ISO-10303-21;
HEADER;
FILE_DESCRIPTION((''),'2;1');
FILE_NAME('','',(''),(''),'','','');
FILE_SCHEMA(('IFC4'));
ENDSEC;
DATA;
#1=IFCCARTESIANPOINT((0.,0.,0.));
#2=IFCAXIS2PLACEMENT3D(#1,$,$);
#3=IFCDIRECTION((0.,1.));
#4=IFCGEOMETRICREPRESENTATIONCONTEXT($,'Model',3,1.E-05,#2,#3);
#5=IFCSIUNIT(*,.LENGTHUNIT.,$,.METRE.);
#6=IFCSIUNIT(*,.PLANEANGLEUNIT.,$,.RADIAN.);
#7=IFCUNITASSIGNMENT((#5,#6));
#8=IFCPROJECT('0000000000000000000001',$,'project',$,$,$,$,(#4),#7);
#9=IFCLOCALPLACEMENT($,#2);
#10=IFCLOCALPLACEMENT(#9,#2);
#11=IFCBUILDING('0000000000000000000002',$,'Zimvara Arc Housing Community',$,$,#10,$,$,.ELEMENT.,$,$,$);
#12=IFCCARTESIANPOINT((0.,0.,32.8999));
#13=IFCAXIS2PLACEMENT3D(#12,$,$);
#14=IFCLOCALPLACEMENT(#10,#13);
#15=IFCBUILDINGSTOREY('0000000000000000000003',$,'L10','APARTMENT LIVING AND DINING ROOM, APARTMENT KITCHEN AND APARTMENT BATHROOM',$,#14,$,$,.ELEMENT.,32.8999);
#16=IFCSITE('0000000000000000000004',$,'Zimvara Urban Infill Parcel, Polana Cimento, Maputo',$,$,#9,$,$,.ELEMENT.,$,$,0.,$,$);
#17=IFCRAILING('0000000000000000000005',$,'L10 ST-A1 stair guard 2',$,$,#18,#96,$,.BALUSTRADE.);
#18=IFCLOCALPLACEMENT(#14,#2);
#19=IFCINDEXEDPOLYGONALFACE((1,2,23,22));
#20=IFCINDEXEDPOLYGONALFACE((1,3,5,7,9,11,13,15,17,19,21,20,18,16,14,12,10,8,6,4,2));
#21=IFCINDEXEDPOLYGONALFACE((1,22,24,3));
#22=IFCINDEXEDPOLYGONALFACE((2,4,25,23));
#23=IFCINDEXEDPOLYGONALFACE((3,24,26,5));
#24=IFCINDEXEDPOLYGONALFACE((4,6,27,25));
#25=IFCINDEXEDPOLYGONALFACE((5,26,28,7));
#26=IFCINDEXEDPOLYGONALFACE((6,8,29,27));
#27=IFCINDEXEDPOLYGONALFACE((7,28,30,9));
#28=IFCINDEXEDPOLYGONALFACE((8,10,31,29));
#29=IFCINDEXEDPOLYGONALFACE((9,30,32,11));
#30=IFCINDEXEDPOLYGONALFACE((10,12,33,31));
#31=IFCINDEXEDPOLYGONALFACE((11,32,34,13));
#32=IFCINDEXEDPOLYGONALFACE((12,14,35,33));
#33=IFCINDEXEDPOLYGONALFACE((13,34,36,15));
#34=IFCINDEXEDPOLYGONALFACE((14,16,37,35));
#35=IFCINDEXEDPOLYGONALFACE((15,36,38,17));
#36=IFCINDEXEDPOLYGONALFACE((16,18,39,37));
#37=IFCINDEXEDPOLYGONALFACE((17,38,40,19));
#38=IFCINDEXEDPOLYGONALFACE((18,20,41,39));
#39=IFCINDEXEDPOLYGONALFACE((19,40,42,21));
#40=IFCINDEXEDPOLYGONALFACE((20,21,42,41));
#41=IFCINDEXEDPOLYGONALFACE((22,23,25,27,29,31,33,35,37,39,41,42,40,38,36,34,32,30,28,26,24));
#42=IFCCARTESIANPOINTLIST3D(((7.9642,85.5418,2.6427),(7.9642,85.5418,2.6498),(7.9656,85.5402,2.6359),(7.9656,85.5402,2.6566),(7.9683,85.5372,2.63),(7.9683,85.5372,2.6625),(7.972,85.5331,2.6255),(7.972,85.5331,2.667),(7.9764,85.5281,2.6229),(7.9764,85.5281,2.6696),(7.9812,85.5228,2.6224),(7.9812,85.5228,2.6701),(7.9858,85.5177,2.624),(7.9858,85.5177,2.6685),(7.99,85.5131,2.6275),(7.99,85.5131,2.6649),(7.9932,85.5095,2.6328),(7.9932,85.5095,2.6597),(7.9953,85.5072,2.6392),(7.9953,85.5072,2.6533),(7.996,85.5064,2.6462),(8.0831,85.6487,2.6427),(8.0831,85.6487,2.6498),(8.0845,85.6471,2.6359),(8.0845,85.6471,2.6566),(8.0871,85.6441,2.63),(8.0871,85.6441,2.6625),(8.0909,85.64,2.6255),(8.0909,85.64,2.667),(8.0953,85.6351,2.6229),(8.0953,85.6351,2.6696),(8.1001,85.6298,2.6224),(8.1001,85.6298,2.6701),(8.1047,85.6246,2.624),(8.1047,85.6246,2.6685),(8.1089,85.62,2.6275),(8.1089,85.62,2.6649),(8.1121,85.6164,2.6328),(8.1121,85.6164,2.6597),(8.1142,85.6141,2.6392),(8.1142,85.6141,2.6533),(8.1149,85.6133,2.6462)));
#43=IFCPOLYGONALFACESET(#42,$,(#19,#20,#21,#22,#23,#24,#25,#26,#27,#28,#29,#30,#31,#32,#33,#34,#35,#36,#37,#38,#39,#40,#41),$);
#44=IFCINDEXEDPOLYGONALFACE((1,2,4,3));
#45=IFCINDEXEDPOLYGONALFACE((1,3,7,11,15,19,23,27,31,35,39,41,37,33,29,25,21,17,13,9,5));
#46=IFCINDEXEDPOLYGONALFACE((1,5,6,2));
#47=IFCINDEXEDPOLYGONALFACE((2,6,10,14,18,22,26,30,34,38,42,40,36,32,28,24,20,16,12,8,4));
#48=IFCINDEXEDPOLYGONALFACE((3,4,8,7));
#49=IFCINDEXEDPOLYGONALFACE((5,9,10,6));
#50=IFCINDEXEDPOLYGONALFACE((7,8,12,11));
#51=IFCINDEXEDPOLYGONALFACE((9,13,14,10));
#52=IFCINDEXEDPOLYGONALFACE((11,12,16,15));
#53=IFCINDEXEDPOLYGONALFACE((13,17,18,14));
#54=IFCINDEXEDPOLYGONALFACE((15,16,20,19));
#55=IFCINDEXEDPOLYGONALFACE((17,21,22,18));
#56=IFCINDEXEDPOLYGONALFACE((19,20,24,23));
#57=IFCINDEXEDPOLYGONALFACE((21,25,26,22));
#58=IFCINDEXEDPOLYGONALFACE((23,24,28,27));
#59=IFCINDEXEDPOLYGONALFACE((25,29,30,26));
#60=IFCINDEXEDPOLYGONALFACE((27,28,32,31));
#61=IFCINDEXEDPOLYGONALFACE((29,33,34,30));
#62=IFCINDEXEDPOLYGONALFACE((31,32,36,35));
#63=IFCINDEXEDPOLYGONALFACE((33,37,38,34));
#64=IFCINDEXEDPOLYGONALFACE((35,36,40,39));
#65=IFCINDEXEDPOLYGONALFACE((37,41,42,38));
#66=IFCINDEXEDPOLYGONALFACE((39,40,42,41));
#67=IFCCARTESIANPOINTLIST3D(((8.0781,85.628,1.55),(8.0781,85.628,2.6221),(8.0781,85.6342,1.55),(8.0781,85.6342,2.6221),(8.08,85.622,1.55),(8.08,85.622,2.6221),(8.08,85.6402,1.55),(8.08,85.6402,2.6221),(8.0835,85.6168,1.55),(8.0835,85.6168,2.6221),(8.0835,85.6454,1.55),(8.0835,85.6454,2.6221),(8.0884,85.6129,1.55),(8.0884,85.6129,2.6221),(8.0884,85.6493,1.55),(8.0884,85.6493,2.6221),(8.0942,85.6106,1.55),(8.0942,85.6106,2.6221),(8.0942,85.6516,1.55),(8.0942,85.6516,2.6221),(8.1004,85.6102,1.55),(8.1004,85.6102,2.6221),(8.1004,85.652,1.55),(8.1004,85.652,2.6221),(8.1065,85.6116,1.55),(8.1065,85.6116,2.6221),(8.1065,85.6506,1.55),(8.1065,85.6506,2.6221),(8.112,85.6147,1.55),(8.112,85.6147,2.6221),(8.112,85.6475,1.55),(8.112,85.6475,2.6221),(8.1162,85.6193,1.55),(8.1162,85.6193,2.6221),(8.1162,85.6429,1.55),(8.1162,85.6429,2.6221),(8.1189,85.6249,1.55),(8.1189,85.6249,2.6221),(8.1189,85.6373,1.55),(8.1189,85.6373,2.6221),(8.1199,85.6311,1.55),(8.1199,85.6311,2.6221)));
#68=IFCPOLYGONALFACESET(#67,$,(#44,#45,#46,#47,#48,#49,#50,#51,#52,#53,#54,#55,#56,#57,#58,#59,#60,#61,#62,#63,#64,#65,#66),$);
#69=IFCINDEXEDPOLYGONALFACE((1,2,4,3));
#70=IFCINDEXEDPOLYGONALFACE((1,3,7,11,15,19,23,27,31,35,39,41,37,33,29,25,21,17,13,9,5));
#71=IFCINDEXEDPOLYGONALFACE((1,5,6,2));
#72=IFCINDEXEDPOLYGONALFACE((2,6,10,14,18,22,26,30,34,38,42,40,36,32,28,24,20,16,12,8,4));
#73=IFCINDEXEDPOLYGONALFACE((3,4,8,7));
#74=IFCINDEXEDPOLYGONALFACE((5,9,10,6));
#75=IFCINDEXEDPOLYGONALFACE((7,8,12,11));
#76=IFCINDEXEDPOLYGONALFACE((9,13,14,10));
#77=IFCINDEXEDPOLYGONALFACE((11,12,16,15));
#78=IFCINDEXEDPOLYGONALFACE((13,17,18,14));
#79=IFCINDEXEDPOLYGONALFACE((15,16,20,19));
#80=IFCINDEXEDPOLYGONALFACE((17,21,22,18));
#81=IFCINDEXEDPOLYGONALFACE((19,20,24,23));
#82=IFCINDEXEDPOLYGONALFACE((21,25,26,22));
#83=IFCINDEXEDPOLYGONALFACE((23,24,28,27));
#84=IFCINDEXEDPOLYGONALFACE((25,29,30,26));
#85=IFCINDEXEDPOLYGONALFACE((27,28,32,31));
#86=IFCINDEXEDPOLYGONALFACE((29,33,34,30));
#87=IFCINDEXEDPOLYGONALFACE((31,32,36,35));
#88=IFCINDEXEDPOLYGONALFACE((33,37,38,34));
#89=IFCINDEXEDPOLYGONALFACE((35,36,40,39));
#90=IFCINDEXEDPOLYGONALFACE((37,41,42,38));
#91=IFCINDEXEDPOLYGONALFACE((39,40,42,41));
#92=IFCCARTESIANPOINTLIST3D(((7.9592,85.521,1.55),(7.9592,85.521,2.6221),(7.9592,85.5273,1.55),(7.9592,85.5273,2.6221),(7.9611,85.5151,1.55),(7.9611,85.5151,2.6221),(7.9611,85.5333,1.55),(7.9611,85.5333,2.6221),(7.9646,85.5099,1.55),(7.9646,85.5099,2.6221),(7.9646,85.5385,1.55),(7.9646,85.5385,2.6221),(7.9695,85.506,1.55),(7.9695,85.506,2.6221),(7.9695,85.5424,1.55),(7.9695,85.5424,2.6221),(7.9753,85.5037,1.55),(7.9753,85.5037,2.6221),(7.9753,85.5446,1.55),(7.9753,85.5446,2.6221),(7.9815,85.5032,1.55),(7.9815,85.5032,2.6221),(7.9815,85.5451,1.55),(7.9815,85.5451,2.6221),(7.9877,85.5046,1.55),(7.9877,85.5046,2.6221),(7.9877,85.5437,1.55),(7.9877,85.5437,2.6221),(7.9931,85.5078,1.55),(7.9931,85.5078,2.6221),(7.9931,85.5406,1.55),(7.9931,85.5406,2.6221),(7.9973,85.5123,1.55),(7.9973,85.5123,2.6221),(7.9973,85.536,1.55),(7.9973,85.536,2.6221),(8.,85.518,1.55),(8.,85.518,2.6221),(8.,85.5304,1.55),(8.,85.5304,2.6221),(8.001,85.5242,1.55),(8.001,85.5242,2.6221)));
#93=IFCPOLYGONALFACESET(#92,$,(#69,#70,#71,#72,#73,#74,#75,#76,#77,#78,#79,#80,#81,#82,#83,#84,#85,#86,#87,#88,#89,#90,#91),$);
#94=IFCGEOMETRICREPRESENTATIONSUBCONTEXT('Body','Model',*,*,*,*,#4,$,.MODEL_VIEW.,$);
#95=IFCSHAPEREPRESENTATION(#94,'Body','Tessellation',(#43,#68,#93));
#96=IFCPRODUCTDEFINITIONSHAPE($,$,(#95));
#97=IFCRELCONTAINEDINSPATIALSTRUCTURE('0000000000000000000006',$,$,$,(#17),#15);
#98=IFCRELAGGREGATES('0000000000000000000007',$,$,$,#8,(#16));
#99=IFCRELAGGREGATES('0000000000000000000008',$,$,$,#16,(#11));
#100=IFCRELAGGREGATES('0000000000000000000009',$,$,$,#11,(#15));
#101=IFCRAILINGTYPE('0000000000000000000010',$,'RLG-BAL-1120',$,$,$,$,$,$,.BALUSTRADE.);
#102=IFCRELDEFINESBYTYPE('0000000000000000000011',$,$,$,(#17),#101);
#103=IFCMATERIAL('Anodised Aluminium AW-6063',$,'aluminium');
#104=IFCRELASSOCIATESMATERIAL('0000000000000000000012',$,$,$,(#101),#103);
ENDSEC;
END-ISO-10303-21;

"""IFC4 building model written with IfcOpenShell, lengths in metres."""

from ifc_helpers import new_model, si_unit, direction, frame, origin, origin_2d, place, context, subcontext, project, spatial, circle, extrude, material, type_object, element, save


model = new_model("IFC4")

# Units and contexts
model_context = context("Model", 3, precision=1e-05, world=origin(), true_north=direction((0.0, 1.0)))
body_context = subcontext(model_context, "Body", "Model", "MODEL_VIEW")
ifc_project = project(units=[si_unit("LENGTHUNIT", "METRE"), si_unit("PLANEANGLEUNIT", "RADIAN")], contexts=[model_context])

# Site, building, storey
site_placement = place(None, origin())
site = spatial("IfcSite", under=ifc_project, at=site_placement, Name="Zimvara Urban Infill Parcel, Polana Cimento, Maputo", CompositionType="ELEMENT", RefElevation=0.0)
building_placement = place(site_placement, origin())
building = spatial("IfcBuilding", under=site, at=building_placement, Name="Zimvara Arc Housing Community", CompositionType="ELEMENT")
storey_placement = place(building_placement, frame((0.0, 0.0, 32.8999)))
storey = spatial("IfcBuildingStorey", under=building, at=storey_placement, Name="L10", Description="APARTMENT LIVING AND DINING ROOM, APARTMENT KITCHEN AND APARTMENT BATHROOM", CompositionType="ELEMENT", Elevation=32.8999)

# Railing
ifc_material_1 = material(Name="Anodised Aluminium AW-6063", Category="aluminium")
railing_type_1 = type_object("IfcRailingType", Name="RLG-BAL-1120", PredefinedType="BALUSTRADE", material=ifc_material_1)
railing_1_placement = place(storey_placement, frame((8.0989, 85.6311, 1.55)))
element("IfcRailing", 1, at=railing_1_placement, inside=storey, type_object=railing_type_1, Name="L10 ST-A1 stair guard 2", PredefinedType="BALUSTRADE", context=body_context, shape_type="SweptSolid", body=[
    extrude(circle(Radius=0.0239, at=origin_2d()), frame((0.0, 0.0, 1.0962), z_axis=(-0.743522, -0.668712, 0.0), x_axis=(0.668712, -0.743522, 0.0)), (0.0, 0.0, 1.0), 0.1599),
    extrude(circle(Radius=0.021, at=origin_2d()), origin(), (0.0, 0.0, 1.0), 1.072),
    extrude(circle(Radius=0.021, at=origin_2d()), frame((-0.1189, -0.1069, 0.0)), (0.0, 0.0, 1.0), 1.072),
])

save(model, "model.ifc")
